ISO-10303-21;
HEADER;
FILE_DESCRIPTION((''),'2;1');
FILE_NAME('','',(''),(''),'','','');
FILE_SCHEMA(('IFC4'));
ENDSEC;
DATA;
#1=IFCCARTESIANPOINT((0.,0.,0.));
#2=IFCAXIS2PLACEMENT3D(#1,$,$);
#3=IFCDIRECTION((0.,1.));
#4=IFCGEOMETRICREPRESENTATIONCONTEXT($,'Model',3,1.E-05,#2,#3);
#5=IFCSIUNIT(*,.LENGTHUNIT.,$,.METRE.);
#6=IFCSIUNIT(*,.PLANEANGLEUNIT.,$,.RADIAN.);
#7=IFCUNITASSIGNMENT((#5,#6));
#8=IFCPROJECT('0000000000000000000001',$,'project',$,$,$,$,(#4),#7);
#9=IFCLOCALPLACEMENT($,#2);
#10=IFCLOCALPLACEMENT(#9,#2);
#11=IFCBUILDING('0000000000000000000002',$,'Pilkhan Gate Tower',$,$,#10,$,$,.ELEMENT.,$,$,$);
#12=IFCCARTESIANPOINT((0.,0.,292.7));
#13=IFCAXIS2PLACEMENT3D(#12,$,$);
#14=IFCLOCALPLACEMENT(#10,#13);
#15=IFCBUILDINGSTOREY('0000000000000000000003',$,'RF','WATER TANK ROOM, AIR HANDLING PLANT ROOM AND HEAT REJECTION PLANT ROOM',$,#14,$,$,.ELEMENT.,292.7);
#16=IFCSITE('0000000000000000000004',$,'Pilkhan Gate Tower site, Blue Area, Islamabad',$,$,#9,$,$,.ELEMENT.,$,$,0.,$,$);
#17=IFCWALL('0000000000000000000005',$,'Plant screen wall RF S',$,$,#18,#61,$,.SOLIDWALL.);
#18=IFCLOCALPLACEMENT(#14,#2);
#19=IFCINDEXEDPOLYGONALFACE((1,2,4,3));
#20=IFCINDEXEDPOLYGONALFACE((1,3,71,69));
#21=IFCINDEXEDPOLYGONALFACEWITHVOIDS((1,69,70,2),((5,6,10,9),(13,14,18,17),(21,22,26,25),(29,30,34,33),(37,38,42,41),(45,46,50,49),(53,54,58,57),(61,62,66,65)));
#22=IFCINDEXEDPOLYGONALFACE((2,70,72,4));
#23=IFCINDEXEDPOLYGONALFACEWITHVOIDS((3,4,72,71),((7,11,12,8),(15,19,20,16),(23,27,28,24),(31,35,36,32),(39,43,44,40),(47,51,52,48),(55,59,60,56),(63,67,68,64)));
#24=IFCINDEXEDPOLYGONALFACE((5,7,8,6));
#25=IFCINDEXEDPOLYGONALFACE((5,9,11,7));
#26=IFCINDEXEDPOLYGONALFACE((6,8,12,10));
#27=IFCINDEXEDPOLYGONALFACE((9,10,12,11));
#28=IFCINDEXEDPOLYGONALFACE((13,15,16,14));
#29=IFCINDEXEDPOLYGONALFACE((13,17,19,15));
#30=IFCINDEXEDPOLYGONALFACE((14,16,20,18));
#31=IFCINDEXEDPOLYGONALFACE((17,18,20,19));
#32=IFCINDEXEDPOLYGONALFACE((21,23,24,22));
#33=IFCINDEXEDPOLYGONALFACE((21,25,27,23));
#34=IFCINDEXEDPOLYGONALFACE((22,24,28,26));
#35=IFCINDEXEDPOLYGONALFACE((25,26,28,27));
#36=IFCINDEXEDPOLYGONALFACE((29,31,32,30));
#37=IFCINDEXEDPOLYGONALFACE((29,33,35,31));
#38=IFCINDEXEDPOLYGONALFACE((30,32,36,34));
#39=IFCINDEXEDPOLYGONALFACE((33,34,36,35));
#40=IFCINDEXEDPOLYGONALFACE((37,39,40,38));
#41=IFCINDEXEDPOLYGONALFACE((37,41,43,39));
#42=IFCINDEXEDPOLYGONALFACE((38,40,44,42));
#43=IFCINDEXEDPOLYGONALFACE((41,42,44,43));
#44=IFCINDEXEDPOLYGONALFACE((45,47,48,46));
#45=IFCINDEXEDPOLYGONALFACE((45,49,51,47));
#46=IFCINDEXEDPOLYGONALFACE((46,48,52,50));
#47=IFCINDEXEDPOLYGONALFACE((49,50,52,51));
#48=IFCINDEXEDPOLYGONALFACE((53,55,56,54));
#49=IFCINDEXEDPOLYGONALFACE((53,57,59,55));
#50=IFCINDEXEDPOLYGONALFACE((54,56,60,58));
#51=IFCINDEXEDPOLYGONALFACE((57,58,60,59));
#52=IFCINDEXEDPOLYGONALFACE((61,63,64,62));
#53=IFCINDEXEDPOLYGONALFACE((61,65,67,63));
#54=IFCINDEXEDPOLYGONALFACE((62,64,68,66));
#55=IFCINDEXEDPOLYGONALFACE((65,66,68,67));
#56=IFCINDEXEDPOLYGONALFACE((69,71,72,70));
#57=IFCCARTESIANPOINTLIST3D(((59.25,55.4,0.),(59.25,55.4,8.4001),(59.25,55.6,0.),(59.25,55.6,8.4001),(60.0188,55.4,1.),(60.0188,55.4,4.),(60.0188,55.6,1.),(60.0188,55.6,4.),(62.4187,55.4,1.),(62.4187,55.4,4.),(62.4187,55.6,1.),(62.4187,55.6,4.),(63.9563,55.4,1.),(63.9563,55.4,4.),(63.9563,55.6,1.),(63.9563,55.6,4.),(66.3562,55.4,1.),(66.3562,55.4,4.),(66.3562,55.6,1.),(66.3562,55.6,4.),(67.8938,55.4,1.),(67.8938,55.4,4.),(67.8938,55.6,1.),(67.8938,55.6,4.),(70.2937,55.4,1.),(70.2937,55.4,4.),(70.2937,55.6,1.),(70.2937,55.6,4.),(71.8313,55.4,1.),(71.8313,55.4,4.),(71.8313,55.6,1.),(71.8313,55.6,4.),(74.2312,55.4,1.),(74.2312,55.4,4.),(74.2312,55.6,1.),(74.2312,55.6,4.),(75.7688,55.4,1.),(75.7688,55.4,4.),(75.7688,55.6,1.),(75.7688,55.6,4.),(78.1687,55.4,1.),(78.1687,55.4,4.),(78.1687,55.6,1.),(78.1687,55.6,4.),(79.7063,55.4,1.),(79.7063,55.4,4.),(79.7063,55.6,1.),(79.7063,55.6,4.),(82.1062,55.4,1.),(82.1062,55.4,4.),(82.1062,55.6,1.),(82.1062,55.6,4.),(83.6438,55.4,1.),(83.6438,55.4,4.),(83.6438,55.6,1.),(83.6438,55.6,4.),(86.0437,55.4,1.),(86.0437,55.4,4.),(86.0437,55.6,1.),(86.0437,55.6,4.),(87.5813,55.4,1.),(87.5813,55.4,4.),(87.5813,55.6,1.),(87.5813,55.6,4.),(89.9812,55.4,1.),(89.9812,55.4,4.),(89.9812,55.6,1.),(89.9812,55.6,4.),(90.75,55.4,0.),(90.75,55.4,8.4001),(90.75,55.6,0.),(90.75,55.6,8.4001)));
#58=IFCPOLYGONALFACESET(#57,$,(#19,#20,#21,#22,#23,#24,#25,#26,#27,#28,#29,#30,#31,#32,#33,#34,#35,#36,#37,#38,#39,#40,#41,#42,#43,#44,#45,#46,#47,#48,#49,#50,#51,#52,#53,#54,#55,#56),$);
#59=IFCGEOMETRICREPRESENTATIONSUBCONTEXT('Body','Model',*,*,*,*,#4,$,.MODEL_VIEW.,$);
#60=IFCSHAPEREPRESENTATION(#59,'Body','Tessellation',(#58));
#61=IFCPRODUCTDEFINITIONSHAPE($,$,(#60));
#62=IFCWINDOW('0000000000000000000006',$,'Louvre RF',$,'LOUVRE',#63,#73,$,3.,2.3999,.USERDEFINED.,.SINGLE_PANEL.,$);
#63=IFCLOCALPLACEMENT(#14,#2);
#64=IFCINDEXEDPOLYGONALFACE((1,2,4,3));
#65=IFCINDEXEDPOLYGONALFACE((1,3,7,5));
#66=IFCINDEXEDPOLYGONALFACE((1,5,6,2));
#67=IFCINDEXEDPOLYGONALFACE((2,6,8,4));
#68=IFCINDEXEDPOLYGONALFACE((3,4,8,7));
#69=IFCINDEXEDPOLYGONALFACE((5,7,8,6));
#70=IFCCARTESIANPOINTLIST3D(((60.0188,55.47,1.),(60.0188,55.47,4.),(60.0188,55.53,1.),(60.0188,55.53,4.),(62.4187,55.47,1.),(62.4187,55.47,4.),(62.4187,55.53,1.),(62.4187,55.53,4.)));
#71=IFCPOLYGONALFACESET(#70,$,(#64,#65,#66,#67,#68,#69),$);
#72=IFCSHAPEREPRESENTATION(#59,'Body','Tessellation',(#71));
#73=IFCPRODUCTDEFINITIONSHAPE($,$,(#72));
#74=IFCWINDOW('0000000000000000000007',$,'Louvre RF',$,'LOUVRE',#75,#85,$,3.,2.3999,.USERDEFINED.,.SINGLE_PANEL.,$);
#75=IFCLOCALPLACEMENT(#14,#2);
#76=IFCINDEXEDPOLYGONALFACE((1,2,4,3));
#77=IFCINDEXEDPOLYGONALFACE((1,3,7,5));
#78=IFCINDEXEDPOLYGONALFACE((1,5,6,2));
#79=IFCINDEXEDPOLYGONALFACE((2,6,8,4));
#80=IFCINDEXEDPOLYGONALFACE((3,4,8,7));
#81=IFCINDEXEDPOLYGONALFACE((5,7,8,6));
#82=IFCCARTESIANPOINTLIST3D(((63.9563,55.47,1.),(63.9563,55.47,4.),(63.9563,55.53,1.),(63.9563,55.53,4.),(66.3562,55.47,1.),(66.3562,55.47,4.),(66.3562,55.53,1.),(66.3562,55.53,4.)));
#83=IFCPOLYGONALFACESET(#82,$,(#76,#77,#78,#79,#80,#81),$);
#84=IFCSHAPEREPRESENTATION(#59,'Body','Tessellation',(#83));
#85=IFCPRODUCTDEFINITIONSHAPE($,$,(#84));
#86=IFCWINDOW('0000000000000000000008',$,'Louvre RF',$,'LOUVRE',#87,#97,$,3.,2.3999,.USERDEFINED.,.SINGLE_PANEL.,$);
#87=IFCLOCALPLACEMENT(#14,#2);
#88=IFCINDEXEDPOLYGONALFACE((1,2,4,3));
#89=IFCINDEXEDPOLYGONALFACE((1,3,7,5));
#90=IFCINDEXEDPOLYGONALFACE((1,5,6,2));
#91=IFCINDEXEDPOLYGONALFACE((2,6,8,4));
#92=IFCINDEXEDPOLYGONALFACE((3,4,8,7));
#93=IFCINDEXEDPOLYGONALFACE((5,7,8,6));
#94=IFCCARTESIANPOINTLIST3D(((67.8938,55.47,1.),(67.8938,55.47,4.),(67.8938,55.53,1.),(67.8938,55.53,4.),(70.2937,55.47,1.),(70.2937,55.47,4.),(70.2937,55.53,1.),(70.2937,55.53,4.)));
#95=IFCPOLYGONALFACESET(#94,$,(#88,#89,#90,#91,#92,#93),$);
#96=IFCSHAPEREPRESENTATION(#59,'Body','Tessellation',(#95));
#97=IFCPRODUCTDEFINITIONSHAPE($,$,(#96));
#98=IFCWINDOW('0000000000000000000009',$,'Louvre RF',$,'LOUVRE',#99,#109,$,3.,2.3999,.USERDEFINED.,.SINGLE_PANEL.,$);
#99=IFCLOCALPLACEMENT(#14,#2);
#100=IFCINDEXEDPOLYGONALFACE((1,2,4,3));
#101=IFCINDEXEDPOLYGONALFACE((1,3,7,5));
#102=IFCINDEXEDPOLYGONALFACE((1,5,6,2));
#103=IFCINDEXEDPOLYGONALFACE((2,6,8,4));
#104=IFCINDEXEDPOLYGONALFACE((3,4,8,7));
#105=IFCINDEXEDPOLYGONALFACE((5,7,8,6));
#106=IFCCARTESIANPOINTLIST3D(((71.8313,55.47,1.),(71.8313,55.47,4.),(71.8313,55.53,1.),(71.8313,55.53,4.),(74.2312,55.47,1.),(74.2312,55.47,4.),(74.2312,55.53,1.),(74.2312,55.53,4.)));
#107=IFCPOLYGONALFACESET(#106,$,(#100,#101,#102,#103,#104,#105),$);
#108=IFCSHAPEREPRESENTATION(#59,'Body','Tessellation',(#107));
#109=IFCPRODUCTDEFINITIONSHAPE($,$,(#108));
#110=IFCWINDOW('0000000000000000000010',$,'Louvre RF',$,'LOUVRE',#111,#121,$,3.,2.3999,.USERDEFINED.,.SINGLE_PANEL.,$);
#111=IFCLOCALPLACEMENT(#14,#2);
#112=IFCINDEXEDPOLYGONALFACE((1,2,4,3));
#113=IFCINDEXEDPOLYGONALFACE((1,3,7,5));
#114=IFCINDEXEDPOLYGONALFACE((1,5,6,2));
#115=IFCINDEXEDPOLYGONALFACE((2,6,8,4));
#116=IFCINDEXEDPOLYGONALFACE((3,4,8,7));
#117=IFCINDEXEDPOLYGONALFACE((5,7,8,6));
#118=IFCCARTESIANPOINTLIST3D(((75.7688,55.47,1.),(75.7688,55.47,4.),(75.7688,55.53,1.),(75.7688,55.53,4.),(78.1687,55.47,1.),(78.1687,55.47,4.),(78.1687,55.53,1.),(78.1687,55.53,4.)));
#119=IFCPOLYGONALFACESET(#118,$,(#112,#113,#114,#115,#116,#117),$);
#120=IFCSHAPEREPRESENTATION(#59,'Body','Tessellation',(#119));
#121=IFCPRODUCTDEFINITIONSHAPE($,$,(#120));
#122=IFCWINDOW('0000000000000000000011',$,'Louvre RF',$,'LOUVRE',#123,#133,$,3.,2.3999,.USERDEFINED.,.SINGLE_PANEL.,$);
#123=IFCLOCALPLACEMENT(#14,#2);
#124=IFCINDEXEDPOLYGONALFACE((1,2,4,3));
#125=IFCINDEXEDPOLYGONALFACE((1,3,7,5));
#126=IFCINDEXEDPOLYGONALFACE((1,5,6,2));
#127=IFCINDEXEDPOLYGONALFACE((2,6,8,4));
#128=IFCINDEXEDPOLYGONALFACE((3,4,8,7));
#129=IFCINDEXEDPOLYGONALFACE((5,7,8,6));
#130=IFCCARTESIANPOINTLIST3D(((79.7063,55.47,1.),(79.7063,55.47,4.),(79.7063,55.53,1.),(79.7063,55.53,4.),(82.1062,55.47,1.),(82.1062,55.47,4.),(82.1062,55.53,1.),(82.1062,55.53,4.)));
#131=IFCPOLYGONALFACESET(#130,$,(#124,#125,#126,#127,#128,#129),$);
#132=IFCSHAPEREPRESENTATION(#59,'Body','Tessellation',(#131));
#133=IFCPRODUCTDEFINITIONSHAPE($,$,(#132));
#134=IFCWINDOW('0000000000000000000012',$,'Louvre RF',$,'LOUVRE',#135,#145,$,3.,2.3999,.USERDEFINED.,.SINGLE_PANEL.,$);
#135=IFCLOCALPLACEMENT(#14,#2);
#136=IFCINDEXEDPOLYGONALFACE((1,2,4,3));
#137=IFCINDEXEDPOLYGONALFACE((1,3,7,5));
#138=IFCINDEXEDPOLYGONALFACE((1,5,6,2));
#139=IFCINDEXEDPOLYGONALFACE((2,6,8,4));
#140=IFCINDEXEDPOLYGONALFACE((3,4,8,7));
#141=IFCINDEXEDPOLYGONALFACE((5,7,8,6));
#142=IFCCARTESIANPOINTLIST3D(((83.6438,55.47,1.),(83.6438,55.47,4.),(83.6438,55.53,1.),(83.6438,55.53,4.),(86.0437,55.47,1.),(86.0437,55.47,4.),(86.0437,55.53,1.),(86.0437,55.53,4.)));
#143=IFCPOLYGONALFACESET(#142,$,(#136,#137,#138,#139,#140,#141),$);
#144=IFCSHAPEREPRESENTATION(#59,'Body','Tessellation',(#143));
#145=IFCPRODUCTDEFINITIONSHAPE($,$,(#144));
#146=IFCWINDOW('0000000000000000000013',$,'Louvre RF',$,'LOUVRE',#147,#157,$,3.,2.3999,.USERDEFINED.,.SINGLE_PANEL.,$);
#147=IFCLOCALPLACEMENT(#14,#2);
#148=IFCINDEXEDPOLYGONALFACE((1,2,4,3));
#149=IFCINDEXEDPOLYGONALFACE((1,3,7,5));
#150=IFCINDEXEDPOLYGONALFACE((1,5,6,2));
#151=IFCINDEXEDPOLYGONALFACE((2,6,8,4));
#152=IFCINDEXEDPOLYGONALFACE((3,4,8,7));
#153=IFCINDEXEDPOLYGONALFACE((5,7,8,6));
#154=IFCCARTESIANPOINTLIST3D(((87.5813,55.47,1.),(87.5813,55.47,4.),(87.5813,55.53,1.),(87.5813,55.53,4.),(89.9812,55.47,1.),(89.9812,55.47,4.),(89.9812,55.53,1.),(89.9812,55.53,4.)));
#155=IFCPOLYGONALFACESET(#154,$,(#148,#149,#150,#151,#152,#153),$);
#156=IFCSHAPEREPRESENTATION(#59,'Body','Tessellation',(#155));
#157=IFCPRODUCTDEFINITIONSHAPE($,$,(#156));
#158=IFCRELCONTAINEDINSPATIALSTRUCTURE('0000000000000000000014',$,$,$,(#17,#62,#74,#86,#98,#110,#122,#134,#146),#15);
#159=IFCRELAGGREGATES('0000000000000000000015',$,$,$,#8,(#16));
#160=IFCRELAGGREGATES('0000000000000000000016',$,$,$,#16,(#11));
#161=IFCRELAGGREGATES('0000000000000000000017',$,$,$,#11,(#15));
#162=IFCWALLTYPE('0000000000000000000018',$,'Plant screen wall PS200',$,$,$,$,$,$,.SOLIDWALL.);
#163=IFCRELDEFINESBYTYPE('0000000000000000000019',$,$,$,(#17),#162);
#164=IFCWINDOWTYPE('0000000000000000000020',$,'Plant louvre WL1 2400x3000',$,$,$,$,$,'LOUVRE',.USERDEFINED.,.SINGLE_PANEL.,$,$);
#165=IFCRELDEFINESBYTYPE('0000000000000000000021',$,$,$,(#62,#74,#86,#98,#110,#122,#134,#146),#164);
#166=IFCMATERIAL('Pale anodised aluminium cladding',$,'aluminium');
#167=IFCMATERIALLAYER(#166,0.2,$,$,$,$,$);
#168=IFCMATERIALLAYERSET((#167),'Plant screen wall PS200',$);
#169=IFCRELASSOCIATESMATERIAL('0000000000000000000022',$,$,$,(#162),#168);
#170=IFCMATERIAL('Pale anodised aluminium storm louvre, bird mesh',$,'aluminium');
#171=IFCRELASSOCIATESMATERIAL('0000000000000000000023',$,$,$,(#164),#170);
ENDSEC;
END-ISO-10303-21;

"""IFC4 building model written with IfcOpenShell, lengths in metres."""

from ifc_helpers import new_model, si_unit, direction, frame, frame_2d, origin, place, context, subcontext, project, spatial, rectangle, extrude, material, layer, layer_set, type_object, element, fill, save


model = new_model("IFC4")

# Units and contexts
model_context = context("Model", 3, precision=1e-05, world=origin(), true_north=direction((0.0, 1.0)))
body_context = subcontext(model_context, "Body", "Model", "MODEL_VIEW")
ifc_project = project(units=[si_unit("LENGTHUNIT", "METRE"), si_unit("PLANEANGLEUNIT", "RADIAN")], contexts=[model_context])

# Site, building, storey
site_placement = place(None, origin())
site = spatial("IfcSite", under=ifc_project, at=site_placement, Name="Pilkhan Gate Tower site, Blue Area, Islamabad", CompositionType="ELEMENT", RefElevation=0.0)
building_placement = place(site_placement, origin())
building = spatial("IfcBuilding", under=site, at=building_placement, Name="Pilkhan Gate Tower", CompositionType="ELEMENT")
storey_placement = place(building_placement, frame((0.0, 0.0, 292.7)))
storey = spatial("IfcBuildingStorey", under=building, at=storey_placement, Name="RF", Description="WATER TANK ROOM, AIR HANDLING PLANT ROOM AND HEAT REJECTION PLANT ROOM", CompositionType="ELEMENT", Elevation=292.7)

# Wall, openings, windows
ifc_material_1 = material(Name="Pale anodised aluminium cladding", Category="aluminium")
ifc_layer_1 = layer(ifc_material_1, 0.2)
ifc_layer_set_1 = layer_set([ifc_layer_1], Name="Plant screen wall PS200")
wall_type_1 = type_object("IfcWallType", Name="Plant screen wall PS200", PredefinedType="SOLIDWALL", material=ifc_layer_set_1)
ifc_material_2 = material(Name="Pale anodised aluminium storm louvre, bird mesh", Category="aluminium")
window_type = type_object("IfcWindowType", Name="Plant louvre WL1 2400x3000", ElementType="LOUVRE", PartitioningType="SINGLE_PANEL", PredefinedType="USERDEFINED", material=ifc_material_2)
wall_1_placement = place(storey_placement, frame((59.25, 55.5, 0.0), z_axis=(0.0, 0.0, 1.0), x_axis=(1.0, 0.0, 0.0)))
wall_1 = element("IfcWall", 1, at=wall_1_placement, inside=storey, type_object=wall_type_1, Name="Plant screen wall RF S", PredefinedType="SOLIDWALL", context=body_context, shape_type="SweptSolid", body=[
    extrude(rectangle(XDim=31.5, YDim=0.2, at=frame_2d((15.75, 0.0))), origin(), (0.0, 0.0, 1.0), 8.4001),
])
opening_1_placement = place(wall_1_placement, frame((0.7688, 0.0, 1.0)))
opening_1 = element("IfcOpeningElement", 2, at=opening_1_placement, cuts=wall_1, PredefinedType="OPENING", context=body_context, shape_type="SweptSolid", body=[
    extrude(rectangle(XDim=2.3999, YDim=3.0, at=frame_2d((1.2, 1.5))), frame((0.0, 0.1099, 0.0), z_axis=(0.0, -1.0, 0.0), x_axis=(1.0, 0.0, 0.0)), (0.0, 0.0, 1.0), 0.22),
])
opening_2_placement = place(wall_1_placement, frame((4.7063, 0.0, 1.0)))
opening_2 = element("IfcOpeningElement", 3, at=opening_2_placement, cuts=wall_1, PredefinedType="OPENING", context=body_context, shape_type="SweptSolid", body=[
    extrude(rectangle(XDim=2.3999, YDim=3.0, at=frame_2d((1.2, 1.5))), frame((0.0, 0.1099, 0.0), z_axis=(0.0, -1.0, 0.0), x_axis=(1.0, 0.0, 0.0)), (0.0, 0.0, 1.0), 0.22),
])
opening_3_placement = place(wall_1_placement, frame((8.6438, 0.0, 1.0)))
opening_3 = element("IfcOpeningElement", 4, at=opening_3_placement, cuts=wall_1, PredefinedType="OPENING", context=body_context, shape_type="SweptSolid", body=[
    extrude(rectangle(XDim=2.3999, YDim=3.0, at=frame_2d((1.2, 1.5))), frame((0.0, 0.1099, 0.0), z_axis=(0.0, -1.0, 0.0), x_axis=(1.0, 0.0, 0.0)), (0.0, 0.0, 1.0), 0.22),
])
opening_4_placement = place(wall_1_placement, frame((12.5813, 0.0, 1.0)))
opening_4 = element("IfcOpeningElement", 5, at=opening_4_placement, cuts=wall_1, PredefinedType="OPENING", context=body_context, shape_type="SweptSolid", body=[
    extrude(rectangle(XDim=2.3999, YDim=3.0, at=frame_2d((1.2, 1.5))), frame((0.0, 0.1099, 0.0), z_axis=(0.0, -1.0, 0.0), x_axis=(1.0, 0.0, 0.0)), (0.0, 0.0, 1.0), 0.22),
])
opening_5_placement = place(wall_1_placement, frame((16.5188, 0.0, 1.0)))
opening_5 = element("IfcOpeningElement", 6, at=opening_5_placement, cuts=wall_1, PredefinedType="OPENING", context=body_context, shape_type="SweptSolid", body=[
    extrude(rectangle(XDim=2.3999, YDim=3.0, at=frame_2d((1.2, 1.5))), frame((0.0, 0.1099, 0.0), z_axis=(0.0, -1.0, 0.0), x_axis=(1.0, 0.0, 0.0)), (0.0, 0.0, 1.0), 0.22),
])
opening_6_placement = place(wall_1_placement, frame((20.4563, 0.0, 1.0)))
opening_6 = element("IfcOpeningElement", 7, at=opening_6_placement, cuts=wall_1, PredefinedType="OPENING", context=body_context, shape_type="SweptSolid", body=[
    extrude(rectangle(XDim=2.3999, YDim=3.0, at=frame_2d((1.2, 1.5))), frame((0.0, 0.1099, 0.0), z_axis=(0.0, -1.0, 0.0), x_axis=(1.0, 0.0, 0.0)), (0.0, 0.0, 1.0), 0.22),
])
opening_7_placement = place(wall_1_placement, frame((24.3938, 0.0, 1.0)))
opening_7 = element("IfcOpeningElement", 8, at=opening_7_placement, cuts=wall_1, PredefinedType="OPENING", context=body_context, shape_type="SweptSolid", body=[
    extrude(rectangle(XDim=2.3999, YDim=3.0, at=frame_2d((1.2, 1.5))), frame((0.0, 0.1099, 0.0), z_axis=(0.0, -1.0, 0.0), x_axis=(1.0, 0.0, 0.0)), (0.0, 0.0, 1.0), 0.22),
])
opening_8_placement = place(wall_1_placement, frame((28.3313, 0.0, 1.0)))
opening_8 = element("IfcOpeningElement", 9, at=opening_8_placement, cuts=wall_1, PredefinedType="OPENING", context=body_context, shape_type="SweptSolid", body=[
    extrude(rectangle(XDim=2.3999, YDim=3.0, at=frame_2d((1.2, 1.5))), frame((0.0, 0.1099, 0.0), z_axis=(0.0, -1.0, 0.0), x_axis=(1.0, 0.0, 0.0)), (0.0, 0.0, 1.0), 0.22),
])
window_1_placement = place(opening_1_placement, origin())
window_1 = element("IfcWindow", 10, at=window_1_placement, inside=storey, type_object=window_type, Name="Louvre RF", ObjectType="LOUVRE", OverallHeight=3.0, OverallWidth=2.3999, PartitioningType="SINGLE_PANEL", PredefinedType="USERDEFINED", context=body_context, shape_type="SweptSolid", body=[
    extrude(rectangle(XDim=2.3999, YDim=3.0, at=frame_2d((1.2, 1.5))), frame((0.0, 0.03, 0.0), z_axis=(0.0, -1.0, 0.0), x_axis=(1.0, 0.0, 0.0)), (0.0, 0.0, 1.0), 0.0601),
])
fill(opening_1, window_1)
window_2_placement = place(opening_2_placement, origin())
window_2 = element("IfcWindow", 11, at=window_2_placement, inside=storey, type_object=window_type, Name="Louvre RF", ObjectType="LOUVRE", OverallHeight=3.0, OverallWidth=2.3999, PartitioningType="SINGLE_PANEL", PredefinedType="USERDEFINED", context=body_context, shape_type="SweptSolid", body=[
    extrude(rectangle(XDim=2.3999, YDim=3.0, at=frame_2d((1.2, 1.5))), frame((0.0, 0.03, 0.0), z_axis=(0.0, -1.0, 0.0), x_axis=(1.0, 0.0, 0.0)), (0.0, 0.0, 1.0), 0.0601),
])
fill(opening_2, window_2)
window_3_placement = place(opening_3_placement, origin())
window_3 = element("IfcWindow", 12, at=window_3_placement, inside=storey, type_object=window_type, Name="Louvre RF", ObjectType="LOUVRE", OverallHeight=3.0, OverallWidth=2.3999, PartitioningType="SINGLE_PANEL", PredefinedType="USERDEFINED", context=body_context, shape_type="SweptSolid", body=[
    extrude(rectangle(XDim=2.3999, YDim=3.0, at=frame_2d((1.2, 1.5))), frame((0.0, 0.03, 0.0), z_axis=(0.0, -1.0, 0.0), x_axis=(1.0, 0.0, 0.0)), (0.0, 0.0, 1.0), 0.0601),
])
fill(opening_3, window_3)
window_4_placement = place(opening_4_placement, origin())
window_4 = element("IfcWindow", 13, at=window_4_placement, inside=storey, type_object=window_type, Name="Louvre RF", ObjectType="LOUVRE", OverallHeight=3.0, OverallWidth=2.3999, PartitioningType="SINGLE_PANEL", PredefinedType="USERDEFINED", context=body_context, shape_type="SweptSolid", body=[
    extrude(rectangle(XDim=2.3999, YDim=3.0, at=frame_2d((1.2, 1.5))), frame((0.0, 0.03, 0.0), z_axis=(0.0, -1.0, 0.0), x_axis=(1.0, 0.0, 0.0)), (0.0, 0.0, 1.0), 0.0601),
])
fill(opening_4, window_4)
window_5_placement = place(opening_5_placement, origin())
window_5 = element("IfcWindow", 14, at=window_5_placement, inside=storey, type_object=window_type, Name="Louvre RF", ObjectType="LOUVRE", OverallHeight=3.0, OverallWidth=2.3999, PartitioningType="SINGLE_PANEL", PredefinedType="USERDEFINED", context=body_context, shape_type="SweptSolid", body=[
    extrude(rectangle(XDim=2.3999, YDim=3.0, at=frame_2d((1.2, 1.5))), frame((0.0, 0.03, 0.0), z_axis=(0.0, -1.0, 0.0), x_axis=(1.0, 0.0, 0.0)), (0.0, 0.0, 1.0), 0.0601),
])
fill(opening_5, window_5)
window_6_placement = place(opening_6_placement, origin())
window_6 = element("IfcWindow", 15, at=window_6_placement, inside=storey, type_object=window_type, Name="Louvre RF", ObjectType="LOUVRE", OverallHeight=3.0, OverallWidth=2.3999, PartitioningType="SINGLE_PANEL", PredefinedType="USERDEFINED", context=body_context, shape_type="SweptSolid", body=[
    extrude(rectangle(XDim=2.3999, YDim=3.0, at=frame_2d((1.2, 1.5))), frame((0.0, 0.03, 0.0), z_axis=(0.0, -1.0, 0.0), x_axis=(1.0, 0.0, 0.0)), (0.0, 0.0, 1.0), 0.0601),
])
fill(opening_6, window_6)
window_7_placement = place(opening_7_placement, origin())
window_7 = element("IfcWindow", 16, at=window_7_placement, inside=storey, type_object=window_type, Name="Louvre RF", ObjectType="LOUVRE", OverallHeight=3.0, OverallWidth=2.3999, PartitioningType="SINGLE_PANEL", PredefinedType="USERDEFINED", context=body_context, shape_type="SweptSolid", body=[
    extrude(rectangle(XDim=2.3999, YDim=3.0, at=frame_2d((1.2, 1.5))), frame((0.0, 0.03, 0.0), z_axis=(0.0, -1.0, 0.0), x_axis=(1.0, 0.0, 0.0)), (0.0, 0.0, 1.0), 0.0601),
])
fill(opening_7, window_7)
window_8_placement = place(opening_8_placement, origin())
window_8 = element("IfcWindow", 17, at=window_8_placement, inside=storey, type_object=window_type, Name="Louvre RF", ObjectType="LOUVRE", OverallHeight=3.0, OverallWidth=2.3999, PartitioningType="SINGLE_PANEL", PredefinedType="USERDEFINED", context=body_context, shape_type="SweptSolid", body=[
    extrude(rectangle(XDim=2.3999, YDim=3.0, at=frame_2d((1.2, 1.5))), frame((0.0, 0.03, 0.0), z_axis=(0.0, -1.0, 0.0), x_axis=(1.0, 0.0, 0.0)), (0.0, 0.0, 1.0), 0.0601),
])
fill(opening_8, window_8)

save(model, "model.ifc")
